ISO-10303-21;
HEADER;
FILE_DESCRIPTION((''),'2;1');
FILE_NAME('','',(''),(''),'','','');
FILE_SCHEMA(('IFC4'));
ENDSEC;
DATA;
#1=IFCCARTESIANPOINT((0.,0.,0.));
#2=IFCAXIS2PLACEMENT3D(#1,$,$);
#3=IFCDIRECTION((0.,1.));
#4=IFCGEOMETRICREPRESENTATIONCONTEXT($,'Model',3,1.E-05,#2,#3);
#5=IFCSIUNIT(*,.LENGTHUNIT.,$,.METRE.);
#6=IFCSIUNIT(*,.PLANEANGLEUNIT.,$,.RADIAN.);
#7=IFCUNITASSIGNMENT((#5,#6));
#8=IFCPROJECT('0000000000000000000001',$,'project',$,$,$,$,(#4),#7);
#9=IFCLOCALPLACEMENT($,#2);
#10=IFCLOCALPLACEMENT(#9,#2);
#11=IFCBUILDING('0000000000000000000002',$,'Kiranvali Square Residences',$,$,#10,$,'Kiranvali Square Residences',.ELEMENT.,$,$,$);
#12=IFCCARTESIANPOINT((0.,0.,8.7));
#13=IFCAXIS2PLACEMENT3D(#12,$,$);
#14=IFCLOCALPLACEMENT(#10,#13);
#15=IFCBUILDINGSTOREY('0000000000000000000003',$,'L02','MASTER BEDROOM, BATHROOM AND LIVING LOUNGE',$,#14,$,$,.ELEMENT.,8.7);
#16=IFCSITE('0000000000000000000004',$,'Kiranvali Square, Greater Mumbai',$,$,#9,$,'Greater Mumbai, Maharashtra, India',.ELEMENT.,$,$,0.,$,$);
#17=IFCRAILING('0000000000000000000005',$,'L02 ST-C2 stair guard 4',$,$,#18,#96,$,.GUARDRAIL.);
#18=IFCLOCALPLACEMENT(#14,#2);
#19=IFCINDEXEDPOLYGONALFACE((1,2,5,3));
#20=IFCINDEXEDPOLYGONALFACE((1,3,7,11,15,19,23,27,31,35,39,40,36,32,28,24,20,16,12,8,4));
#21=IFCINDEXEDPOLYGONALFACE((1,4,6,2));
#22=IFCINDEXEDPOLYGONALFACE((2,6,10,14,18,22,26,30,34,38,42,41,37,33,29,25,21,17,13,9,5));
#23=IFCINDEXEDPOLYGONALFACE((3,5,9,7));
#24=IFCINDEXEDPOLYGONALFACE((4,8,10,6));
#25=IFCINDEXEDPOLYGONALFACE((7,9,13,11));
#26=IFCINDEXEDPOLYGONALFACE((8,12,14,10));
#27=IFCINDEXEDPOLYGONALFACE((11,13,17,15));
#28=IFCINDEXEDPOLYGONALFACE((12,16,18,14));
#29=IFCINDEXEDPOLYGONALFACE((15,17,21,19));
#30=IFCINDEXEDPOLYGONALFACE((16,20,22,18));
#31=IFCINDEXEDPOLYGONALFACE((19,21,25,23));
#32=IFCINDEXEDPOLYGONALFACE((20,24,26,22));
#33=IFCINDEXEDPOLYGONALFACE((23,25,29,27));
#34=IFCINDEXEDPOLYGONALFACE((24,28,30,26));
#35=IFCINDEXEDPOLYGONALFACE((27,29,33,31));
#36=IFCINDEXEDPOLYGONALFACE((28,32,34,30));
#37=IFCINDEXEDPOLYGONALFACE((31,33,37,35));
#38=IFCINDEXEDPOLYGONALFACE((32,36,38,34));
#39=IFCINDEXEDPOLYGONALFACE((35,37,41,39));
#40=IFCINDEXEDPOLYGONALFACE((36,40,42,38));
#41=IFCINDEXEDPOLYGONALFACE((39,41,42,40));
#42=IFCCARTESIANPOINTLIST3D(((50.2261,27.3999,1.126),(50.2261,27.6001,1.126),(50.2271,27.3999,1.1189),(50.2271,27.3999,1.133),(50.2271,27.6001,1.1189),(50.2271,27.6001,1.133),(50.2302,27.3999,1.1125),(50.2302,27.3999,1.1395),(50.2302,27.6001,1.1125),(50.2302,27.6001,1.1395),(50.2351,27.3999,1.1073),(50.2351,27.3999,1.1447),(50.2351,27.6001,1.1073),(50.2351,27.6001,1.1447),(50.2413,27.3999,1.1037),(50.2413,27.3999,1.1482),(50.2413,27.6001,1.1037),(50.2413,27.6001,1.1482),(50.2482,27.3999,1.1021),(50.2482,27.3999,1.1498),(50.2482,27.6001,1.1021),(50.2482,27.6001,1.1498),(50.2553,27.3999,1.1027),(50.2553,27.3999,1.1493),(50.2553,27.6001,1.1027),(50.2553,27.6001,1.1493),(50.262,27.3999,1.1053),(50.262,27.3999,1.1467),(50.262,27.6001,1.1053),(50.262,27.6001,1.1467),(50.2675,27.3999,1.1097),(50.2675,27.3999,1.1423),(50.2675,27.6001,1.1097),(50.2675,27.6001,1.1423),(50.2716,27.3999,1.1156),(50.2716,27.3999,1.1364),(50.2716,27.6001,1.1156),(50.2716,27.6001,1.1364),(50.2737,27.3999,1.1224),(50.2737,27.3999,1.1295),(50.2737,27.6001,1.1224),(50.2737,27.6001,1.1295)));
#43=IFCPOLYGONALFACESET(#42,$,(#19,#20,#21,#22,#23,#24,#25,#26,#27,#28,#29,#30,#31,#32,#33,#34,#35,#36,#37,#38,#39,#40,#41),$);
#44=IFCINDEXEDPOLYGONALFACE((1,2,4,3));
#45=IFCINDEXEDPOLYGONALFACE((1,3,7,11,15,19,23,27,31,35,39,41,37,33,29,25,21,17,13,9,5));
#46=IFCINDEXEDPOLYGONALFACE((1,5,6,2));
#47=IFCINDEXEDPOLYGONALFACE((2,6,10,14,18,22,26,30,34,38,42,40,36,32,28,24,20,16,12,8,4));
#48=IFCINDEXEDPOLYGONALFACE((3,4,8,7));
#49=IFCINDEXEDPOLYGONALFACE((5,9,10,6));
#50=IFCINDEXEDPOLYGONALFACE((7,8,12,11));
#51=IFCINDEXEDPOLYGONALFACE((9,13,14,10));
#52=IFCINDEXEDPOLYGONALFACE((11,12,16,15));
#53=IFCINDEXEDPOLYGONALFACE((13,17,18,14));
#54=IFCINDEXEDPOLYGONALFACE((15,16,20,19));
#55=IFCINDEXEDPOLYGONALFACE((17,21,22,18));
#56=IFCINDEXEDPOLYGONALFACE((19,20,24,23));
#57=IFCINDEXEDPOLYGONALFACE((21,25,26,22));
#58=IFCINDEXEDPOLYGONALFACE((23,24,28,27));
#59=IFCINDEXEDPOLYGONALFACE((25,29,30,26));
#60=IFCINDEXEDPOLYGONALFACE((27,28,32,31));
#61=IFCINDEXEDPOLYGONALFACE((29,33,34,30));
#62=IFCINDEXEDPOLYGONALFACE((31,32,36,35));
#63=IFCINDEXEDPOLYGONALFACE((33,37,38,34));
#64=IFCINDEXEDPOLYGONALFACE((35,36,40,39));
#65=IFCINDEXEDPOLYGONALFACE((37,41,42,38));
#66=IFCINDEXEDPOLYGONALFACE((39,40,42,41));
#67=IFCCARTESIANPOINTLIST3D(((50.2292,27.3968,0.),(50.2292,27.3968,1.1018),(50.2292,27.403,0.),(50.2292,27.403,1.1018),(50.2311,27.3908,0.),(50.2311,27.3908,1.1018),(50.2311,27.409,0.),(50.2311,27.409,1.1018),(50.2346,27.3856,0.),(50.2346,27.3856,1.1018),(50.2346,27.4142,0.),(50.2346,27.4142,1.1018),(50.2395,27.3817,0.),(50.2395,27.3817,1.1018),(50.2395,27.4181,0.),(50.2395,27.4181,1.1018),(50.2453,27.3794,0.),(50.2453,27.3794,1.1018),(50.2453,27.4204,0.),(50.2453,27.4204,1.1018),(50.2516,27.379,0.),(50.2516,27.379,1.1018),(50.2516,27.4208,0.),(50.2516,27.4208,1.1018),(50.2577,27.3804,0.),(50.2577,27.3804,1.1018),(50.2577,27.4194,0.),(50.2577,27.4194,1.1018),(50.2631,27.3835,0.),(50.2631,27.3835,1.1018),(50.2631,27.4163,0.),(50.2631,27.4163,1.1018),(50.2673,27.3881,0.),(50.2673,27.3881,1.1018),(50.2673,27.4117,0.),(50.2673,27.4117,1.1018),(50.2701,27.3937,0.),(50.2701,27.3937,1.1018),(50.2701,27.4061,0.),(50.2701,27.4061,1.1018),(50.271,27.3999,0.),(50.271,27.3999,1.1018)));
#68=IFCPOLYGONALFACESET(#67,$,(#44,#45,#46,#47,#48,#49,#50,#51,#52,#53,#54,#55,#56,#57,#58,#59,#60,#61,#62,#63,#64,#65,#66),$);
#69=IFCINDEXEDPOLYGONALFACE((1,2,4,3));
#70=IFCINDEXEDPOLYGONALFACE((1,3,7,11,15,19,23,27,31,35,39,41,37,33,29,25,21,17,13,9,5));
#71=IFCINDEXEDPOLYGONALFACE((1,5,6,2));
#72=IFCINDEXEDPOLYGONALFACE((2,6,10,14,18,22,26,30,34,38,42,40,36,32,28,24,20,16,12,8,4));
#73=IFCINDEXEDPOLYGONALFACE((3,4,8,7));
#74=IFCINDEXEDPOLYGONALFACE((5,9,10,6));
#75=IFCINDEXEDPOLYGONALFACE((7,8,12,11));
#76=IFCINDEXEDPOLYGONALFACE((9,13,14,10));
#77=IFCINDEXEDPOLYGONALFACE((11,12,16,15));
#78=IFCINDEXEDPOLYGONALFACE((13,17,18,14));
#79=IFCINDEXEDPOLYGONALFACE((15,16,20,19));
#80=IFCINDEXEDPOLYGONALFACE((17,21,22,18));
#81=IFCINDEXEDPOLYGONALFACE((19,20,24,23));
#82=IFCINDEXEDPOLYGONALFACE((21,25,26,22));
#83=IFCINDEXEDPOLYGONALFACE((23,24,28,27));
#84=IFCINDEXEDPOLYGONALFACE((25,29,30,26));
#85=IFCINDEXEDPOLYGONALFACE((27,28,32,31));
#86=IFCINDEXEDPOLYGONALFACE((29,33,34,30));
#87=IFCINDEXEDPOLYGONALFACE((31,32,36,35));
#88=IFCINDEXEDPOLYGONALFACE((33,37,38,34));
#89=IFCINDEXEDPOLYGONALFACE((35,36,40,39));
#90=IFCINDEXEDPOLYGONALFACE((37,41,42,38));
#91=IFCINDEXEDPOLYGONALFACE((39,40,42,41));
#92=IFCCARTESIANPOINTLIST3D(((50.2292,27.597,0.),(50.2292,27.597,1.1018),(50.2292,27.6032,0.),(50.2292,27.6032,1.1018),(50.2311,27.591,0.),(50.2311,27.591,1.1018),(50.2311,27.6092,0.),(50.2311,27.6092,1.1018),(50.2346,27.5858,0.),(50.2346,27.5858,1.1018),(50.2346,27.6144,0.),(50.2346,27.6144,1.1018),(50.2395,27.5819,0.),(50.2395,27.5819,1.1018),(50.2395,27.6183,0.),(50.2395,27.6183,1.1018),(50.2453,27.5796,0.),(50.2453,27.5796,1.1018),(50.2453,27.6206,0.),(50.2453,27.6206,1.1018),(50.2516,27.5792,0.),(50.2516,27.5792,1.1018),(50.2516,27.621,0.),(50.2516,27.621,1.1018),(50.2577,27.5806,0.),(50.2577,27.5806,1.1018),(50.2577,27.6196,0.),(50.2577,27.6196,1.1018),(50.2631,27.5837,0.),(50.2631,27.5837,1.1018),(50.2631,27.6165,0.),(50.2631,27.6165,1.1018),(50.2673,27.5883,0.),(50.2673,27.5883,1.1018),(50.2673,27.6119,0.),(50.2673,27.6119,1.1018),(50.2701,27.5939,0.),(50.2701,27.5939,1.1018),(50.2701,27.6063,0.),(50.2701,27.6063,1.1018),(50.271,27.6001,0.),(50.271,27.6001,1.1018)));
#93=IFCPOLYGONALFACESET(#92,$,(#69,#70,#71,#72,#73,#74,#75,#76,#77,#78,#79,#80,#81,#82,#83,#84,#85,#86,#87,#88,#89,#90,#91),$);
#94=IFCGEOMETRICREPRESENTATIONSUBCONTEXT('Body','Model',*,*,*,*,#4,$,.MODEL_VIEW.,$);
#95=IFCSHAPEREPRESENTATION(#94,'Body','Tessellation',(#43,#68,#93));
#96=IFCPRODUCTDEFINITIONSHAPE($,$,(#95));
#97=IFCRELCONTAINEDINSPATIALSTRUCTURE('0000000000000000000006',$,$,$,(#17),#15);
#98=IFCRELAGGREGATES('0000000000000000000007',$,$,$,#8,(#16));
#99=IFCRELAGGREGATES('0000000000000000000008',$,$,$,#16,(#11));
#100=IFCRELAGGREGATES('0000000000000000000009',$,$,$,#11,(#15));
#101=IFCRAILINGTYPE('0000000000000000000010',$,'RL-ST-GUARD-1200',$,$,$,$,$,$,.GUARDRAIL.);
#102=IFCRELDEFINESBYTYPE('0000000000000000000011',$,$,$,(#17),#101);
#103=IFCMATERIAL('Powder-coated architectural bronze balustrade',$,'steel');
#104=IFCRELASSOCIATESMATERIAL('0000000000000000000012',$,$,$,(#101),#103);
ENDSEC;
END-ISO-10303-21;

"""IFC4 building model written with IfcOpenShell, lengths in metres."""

from ifc_helpers import new_model, si_unit, direction, frame, origin, origin_2d, place, context, subcontext, project, spatial, circle, extrude, material, type_object, element, save


model = new_model("IFC4")

# Units and contexts
model_context = context("Model", 3, precision=1e-05, world=origin(), true_north=direction((0.0, 1.0)))
body_context = subcontext(model_context, "Body", "Model", "MODEL_VIEW")
ifc_project = project(units=[si_unit("LENGTHUNIT", "METRE"), si_unit("PLANEANGLEUNIT", "RADIAN")], contexts=[model_context])

# Site, building, storey
site_placement = place(None, origin())
site = spatial("IfcSite", under=ifc_project, at=site_placement, Name="Kiranvali Square, Greater Mumbai", LongName="Greater Mumbai, Maharashtra, India", CompositionType="ELEMENT", RefElevation=0.0)
building_placement = place(site_placement, origin())
building = spatial("IfcBuilding", under=site, at=building_placement, Name="Kiranvali Square Residences", LongName="Kiranvali Square Residences", CompositionType="ELEMENT")
storey_placement = place(building_placement, frame((0.0, 0.0, 8.7)))
storey = spatial("IfcBuildingStorey", under=building, at=storey_placement, Name="L02", Description="MASTER BEDROOM, BATHROOM AND LIVING LOUNGE", CompositionType="ELEMENT", Elevation=8.7)

# Railing
ifc_material_1 = material(Name="Powder-coated architectural bronze balustrade", Category="steel")
railing_type_1 = type_object("IfcRailingType", Name="RL-ST-GUARD-1200", PredefinedType="GUARDRAIL", material=ifc_material_1)
railing_1_placement = place(storey_placement, frame((50.25, 27.3999, 0.0)))
element("IfcRailing", 1, at=railing_1_placement, inside=storey, type_object=railing_type_1, Name="L02 ST-C2 stair guard 4", PredefinedType="GUARDRAIL", context=body_context, shape_type="SweptSolid", body=[
    extrude(circle(Radius=0.0239, at=origin_2d()), frame((0.0, 0.0, 1.126), z_axis=(0.0, 1.0, 0.0), x_axis=(-1.0, 0.0, 0.0)), (0.0, 0.0, 1.0), 0.2002),
    extrude(circle(Radius=0.021, at=origin_2d()), origin(), (0.0, 0.0, 1.0), 1.1018),
    extrude(circle(Radius=0.021, at=origin_2d()), frame((0.0, 0.2002, 0.0)), (0.0, 0.0, 1.0), 1.1018),
])

save(model, "model.ifc")
